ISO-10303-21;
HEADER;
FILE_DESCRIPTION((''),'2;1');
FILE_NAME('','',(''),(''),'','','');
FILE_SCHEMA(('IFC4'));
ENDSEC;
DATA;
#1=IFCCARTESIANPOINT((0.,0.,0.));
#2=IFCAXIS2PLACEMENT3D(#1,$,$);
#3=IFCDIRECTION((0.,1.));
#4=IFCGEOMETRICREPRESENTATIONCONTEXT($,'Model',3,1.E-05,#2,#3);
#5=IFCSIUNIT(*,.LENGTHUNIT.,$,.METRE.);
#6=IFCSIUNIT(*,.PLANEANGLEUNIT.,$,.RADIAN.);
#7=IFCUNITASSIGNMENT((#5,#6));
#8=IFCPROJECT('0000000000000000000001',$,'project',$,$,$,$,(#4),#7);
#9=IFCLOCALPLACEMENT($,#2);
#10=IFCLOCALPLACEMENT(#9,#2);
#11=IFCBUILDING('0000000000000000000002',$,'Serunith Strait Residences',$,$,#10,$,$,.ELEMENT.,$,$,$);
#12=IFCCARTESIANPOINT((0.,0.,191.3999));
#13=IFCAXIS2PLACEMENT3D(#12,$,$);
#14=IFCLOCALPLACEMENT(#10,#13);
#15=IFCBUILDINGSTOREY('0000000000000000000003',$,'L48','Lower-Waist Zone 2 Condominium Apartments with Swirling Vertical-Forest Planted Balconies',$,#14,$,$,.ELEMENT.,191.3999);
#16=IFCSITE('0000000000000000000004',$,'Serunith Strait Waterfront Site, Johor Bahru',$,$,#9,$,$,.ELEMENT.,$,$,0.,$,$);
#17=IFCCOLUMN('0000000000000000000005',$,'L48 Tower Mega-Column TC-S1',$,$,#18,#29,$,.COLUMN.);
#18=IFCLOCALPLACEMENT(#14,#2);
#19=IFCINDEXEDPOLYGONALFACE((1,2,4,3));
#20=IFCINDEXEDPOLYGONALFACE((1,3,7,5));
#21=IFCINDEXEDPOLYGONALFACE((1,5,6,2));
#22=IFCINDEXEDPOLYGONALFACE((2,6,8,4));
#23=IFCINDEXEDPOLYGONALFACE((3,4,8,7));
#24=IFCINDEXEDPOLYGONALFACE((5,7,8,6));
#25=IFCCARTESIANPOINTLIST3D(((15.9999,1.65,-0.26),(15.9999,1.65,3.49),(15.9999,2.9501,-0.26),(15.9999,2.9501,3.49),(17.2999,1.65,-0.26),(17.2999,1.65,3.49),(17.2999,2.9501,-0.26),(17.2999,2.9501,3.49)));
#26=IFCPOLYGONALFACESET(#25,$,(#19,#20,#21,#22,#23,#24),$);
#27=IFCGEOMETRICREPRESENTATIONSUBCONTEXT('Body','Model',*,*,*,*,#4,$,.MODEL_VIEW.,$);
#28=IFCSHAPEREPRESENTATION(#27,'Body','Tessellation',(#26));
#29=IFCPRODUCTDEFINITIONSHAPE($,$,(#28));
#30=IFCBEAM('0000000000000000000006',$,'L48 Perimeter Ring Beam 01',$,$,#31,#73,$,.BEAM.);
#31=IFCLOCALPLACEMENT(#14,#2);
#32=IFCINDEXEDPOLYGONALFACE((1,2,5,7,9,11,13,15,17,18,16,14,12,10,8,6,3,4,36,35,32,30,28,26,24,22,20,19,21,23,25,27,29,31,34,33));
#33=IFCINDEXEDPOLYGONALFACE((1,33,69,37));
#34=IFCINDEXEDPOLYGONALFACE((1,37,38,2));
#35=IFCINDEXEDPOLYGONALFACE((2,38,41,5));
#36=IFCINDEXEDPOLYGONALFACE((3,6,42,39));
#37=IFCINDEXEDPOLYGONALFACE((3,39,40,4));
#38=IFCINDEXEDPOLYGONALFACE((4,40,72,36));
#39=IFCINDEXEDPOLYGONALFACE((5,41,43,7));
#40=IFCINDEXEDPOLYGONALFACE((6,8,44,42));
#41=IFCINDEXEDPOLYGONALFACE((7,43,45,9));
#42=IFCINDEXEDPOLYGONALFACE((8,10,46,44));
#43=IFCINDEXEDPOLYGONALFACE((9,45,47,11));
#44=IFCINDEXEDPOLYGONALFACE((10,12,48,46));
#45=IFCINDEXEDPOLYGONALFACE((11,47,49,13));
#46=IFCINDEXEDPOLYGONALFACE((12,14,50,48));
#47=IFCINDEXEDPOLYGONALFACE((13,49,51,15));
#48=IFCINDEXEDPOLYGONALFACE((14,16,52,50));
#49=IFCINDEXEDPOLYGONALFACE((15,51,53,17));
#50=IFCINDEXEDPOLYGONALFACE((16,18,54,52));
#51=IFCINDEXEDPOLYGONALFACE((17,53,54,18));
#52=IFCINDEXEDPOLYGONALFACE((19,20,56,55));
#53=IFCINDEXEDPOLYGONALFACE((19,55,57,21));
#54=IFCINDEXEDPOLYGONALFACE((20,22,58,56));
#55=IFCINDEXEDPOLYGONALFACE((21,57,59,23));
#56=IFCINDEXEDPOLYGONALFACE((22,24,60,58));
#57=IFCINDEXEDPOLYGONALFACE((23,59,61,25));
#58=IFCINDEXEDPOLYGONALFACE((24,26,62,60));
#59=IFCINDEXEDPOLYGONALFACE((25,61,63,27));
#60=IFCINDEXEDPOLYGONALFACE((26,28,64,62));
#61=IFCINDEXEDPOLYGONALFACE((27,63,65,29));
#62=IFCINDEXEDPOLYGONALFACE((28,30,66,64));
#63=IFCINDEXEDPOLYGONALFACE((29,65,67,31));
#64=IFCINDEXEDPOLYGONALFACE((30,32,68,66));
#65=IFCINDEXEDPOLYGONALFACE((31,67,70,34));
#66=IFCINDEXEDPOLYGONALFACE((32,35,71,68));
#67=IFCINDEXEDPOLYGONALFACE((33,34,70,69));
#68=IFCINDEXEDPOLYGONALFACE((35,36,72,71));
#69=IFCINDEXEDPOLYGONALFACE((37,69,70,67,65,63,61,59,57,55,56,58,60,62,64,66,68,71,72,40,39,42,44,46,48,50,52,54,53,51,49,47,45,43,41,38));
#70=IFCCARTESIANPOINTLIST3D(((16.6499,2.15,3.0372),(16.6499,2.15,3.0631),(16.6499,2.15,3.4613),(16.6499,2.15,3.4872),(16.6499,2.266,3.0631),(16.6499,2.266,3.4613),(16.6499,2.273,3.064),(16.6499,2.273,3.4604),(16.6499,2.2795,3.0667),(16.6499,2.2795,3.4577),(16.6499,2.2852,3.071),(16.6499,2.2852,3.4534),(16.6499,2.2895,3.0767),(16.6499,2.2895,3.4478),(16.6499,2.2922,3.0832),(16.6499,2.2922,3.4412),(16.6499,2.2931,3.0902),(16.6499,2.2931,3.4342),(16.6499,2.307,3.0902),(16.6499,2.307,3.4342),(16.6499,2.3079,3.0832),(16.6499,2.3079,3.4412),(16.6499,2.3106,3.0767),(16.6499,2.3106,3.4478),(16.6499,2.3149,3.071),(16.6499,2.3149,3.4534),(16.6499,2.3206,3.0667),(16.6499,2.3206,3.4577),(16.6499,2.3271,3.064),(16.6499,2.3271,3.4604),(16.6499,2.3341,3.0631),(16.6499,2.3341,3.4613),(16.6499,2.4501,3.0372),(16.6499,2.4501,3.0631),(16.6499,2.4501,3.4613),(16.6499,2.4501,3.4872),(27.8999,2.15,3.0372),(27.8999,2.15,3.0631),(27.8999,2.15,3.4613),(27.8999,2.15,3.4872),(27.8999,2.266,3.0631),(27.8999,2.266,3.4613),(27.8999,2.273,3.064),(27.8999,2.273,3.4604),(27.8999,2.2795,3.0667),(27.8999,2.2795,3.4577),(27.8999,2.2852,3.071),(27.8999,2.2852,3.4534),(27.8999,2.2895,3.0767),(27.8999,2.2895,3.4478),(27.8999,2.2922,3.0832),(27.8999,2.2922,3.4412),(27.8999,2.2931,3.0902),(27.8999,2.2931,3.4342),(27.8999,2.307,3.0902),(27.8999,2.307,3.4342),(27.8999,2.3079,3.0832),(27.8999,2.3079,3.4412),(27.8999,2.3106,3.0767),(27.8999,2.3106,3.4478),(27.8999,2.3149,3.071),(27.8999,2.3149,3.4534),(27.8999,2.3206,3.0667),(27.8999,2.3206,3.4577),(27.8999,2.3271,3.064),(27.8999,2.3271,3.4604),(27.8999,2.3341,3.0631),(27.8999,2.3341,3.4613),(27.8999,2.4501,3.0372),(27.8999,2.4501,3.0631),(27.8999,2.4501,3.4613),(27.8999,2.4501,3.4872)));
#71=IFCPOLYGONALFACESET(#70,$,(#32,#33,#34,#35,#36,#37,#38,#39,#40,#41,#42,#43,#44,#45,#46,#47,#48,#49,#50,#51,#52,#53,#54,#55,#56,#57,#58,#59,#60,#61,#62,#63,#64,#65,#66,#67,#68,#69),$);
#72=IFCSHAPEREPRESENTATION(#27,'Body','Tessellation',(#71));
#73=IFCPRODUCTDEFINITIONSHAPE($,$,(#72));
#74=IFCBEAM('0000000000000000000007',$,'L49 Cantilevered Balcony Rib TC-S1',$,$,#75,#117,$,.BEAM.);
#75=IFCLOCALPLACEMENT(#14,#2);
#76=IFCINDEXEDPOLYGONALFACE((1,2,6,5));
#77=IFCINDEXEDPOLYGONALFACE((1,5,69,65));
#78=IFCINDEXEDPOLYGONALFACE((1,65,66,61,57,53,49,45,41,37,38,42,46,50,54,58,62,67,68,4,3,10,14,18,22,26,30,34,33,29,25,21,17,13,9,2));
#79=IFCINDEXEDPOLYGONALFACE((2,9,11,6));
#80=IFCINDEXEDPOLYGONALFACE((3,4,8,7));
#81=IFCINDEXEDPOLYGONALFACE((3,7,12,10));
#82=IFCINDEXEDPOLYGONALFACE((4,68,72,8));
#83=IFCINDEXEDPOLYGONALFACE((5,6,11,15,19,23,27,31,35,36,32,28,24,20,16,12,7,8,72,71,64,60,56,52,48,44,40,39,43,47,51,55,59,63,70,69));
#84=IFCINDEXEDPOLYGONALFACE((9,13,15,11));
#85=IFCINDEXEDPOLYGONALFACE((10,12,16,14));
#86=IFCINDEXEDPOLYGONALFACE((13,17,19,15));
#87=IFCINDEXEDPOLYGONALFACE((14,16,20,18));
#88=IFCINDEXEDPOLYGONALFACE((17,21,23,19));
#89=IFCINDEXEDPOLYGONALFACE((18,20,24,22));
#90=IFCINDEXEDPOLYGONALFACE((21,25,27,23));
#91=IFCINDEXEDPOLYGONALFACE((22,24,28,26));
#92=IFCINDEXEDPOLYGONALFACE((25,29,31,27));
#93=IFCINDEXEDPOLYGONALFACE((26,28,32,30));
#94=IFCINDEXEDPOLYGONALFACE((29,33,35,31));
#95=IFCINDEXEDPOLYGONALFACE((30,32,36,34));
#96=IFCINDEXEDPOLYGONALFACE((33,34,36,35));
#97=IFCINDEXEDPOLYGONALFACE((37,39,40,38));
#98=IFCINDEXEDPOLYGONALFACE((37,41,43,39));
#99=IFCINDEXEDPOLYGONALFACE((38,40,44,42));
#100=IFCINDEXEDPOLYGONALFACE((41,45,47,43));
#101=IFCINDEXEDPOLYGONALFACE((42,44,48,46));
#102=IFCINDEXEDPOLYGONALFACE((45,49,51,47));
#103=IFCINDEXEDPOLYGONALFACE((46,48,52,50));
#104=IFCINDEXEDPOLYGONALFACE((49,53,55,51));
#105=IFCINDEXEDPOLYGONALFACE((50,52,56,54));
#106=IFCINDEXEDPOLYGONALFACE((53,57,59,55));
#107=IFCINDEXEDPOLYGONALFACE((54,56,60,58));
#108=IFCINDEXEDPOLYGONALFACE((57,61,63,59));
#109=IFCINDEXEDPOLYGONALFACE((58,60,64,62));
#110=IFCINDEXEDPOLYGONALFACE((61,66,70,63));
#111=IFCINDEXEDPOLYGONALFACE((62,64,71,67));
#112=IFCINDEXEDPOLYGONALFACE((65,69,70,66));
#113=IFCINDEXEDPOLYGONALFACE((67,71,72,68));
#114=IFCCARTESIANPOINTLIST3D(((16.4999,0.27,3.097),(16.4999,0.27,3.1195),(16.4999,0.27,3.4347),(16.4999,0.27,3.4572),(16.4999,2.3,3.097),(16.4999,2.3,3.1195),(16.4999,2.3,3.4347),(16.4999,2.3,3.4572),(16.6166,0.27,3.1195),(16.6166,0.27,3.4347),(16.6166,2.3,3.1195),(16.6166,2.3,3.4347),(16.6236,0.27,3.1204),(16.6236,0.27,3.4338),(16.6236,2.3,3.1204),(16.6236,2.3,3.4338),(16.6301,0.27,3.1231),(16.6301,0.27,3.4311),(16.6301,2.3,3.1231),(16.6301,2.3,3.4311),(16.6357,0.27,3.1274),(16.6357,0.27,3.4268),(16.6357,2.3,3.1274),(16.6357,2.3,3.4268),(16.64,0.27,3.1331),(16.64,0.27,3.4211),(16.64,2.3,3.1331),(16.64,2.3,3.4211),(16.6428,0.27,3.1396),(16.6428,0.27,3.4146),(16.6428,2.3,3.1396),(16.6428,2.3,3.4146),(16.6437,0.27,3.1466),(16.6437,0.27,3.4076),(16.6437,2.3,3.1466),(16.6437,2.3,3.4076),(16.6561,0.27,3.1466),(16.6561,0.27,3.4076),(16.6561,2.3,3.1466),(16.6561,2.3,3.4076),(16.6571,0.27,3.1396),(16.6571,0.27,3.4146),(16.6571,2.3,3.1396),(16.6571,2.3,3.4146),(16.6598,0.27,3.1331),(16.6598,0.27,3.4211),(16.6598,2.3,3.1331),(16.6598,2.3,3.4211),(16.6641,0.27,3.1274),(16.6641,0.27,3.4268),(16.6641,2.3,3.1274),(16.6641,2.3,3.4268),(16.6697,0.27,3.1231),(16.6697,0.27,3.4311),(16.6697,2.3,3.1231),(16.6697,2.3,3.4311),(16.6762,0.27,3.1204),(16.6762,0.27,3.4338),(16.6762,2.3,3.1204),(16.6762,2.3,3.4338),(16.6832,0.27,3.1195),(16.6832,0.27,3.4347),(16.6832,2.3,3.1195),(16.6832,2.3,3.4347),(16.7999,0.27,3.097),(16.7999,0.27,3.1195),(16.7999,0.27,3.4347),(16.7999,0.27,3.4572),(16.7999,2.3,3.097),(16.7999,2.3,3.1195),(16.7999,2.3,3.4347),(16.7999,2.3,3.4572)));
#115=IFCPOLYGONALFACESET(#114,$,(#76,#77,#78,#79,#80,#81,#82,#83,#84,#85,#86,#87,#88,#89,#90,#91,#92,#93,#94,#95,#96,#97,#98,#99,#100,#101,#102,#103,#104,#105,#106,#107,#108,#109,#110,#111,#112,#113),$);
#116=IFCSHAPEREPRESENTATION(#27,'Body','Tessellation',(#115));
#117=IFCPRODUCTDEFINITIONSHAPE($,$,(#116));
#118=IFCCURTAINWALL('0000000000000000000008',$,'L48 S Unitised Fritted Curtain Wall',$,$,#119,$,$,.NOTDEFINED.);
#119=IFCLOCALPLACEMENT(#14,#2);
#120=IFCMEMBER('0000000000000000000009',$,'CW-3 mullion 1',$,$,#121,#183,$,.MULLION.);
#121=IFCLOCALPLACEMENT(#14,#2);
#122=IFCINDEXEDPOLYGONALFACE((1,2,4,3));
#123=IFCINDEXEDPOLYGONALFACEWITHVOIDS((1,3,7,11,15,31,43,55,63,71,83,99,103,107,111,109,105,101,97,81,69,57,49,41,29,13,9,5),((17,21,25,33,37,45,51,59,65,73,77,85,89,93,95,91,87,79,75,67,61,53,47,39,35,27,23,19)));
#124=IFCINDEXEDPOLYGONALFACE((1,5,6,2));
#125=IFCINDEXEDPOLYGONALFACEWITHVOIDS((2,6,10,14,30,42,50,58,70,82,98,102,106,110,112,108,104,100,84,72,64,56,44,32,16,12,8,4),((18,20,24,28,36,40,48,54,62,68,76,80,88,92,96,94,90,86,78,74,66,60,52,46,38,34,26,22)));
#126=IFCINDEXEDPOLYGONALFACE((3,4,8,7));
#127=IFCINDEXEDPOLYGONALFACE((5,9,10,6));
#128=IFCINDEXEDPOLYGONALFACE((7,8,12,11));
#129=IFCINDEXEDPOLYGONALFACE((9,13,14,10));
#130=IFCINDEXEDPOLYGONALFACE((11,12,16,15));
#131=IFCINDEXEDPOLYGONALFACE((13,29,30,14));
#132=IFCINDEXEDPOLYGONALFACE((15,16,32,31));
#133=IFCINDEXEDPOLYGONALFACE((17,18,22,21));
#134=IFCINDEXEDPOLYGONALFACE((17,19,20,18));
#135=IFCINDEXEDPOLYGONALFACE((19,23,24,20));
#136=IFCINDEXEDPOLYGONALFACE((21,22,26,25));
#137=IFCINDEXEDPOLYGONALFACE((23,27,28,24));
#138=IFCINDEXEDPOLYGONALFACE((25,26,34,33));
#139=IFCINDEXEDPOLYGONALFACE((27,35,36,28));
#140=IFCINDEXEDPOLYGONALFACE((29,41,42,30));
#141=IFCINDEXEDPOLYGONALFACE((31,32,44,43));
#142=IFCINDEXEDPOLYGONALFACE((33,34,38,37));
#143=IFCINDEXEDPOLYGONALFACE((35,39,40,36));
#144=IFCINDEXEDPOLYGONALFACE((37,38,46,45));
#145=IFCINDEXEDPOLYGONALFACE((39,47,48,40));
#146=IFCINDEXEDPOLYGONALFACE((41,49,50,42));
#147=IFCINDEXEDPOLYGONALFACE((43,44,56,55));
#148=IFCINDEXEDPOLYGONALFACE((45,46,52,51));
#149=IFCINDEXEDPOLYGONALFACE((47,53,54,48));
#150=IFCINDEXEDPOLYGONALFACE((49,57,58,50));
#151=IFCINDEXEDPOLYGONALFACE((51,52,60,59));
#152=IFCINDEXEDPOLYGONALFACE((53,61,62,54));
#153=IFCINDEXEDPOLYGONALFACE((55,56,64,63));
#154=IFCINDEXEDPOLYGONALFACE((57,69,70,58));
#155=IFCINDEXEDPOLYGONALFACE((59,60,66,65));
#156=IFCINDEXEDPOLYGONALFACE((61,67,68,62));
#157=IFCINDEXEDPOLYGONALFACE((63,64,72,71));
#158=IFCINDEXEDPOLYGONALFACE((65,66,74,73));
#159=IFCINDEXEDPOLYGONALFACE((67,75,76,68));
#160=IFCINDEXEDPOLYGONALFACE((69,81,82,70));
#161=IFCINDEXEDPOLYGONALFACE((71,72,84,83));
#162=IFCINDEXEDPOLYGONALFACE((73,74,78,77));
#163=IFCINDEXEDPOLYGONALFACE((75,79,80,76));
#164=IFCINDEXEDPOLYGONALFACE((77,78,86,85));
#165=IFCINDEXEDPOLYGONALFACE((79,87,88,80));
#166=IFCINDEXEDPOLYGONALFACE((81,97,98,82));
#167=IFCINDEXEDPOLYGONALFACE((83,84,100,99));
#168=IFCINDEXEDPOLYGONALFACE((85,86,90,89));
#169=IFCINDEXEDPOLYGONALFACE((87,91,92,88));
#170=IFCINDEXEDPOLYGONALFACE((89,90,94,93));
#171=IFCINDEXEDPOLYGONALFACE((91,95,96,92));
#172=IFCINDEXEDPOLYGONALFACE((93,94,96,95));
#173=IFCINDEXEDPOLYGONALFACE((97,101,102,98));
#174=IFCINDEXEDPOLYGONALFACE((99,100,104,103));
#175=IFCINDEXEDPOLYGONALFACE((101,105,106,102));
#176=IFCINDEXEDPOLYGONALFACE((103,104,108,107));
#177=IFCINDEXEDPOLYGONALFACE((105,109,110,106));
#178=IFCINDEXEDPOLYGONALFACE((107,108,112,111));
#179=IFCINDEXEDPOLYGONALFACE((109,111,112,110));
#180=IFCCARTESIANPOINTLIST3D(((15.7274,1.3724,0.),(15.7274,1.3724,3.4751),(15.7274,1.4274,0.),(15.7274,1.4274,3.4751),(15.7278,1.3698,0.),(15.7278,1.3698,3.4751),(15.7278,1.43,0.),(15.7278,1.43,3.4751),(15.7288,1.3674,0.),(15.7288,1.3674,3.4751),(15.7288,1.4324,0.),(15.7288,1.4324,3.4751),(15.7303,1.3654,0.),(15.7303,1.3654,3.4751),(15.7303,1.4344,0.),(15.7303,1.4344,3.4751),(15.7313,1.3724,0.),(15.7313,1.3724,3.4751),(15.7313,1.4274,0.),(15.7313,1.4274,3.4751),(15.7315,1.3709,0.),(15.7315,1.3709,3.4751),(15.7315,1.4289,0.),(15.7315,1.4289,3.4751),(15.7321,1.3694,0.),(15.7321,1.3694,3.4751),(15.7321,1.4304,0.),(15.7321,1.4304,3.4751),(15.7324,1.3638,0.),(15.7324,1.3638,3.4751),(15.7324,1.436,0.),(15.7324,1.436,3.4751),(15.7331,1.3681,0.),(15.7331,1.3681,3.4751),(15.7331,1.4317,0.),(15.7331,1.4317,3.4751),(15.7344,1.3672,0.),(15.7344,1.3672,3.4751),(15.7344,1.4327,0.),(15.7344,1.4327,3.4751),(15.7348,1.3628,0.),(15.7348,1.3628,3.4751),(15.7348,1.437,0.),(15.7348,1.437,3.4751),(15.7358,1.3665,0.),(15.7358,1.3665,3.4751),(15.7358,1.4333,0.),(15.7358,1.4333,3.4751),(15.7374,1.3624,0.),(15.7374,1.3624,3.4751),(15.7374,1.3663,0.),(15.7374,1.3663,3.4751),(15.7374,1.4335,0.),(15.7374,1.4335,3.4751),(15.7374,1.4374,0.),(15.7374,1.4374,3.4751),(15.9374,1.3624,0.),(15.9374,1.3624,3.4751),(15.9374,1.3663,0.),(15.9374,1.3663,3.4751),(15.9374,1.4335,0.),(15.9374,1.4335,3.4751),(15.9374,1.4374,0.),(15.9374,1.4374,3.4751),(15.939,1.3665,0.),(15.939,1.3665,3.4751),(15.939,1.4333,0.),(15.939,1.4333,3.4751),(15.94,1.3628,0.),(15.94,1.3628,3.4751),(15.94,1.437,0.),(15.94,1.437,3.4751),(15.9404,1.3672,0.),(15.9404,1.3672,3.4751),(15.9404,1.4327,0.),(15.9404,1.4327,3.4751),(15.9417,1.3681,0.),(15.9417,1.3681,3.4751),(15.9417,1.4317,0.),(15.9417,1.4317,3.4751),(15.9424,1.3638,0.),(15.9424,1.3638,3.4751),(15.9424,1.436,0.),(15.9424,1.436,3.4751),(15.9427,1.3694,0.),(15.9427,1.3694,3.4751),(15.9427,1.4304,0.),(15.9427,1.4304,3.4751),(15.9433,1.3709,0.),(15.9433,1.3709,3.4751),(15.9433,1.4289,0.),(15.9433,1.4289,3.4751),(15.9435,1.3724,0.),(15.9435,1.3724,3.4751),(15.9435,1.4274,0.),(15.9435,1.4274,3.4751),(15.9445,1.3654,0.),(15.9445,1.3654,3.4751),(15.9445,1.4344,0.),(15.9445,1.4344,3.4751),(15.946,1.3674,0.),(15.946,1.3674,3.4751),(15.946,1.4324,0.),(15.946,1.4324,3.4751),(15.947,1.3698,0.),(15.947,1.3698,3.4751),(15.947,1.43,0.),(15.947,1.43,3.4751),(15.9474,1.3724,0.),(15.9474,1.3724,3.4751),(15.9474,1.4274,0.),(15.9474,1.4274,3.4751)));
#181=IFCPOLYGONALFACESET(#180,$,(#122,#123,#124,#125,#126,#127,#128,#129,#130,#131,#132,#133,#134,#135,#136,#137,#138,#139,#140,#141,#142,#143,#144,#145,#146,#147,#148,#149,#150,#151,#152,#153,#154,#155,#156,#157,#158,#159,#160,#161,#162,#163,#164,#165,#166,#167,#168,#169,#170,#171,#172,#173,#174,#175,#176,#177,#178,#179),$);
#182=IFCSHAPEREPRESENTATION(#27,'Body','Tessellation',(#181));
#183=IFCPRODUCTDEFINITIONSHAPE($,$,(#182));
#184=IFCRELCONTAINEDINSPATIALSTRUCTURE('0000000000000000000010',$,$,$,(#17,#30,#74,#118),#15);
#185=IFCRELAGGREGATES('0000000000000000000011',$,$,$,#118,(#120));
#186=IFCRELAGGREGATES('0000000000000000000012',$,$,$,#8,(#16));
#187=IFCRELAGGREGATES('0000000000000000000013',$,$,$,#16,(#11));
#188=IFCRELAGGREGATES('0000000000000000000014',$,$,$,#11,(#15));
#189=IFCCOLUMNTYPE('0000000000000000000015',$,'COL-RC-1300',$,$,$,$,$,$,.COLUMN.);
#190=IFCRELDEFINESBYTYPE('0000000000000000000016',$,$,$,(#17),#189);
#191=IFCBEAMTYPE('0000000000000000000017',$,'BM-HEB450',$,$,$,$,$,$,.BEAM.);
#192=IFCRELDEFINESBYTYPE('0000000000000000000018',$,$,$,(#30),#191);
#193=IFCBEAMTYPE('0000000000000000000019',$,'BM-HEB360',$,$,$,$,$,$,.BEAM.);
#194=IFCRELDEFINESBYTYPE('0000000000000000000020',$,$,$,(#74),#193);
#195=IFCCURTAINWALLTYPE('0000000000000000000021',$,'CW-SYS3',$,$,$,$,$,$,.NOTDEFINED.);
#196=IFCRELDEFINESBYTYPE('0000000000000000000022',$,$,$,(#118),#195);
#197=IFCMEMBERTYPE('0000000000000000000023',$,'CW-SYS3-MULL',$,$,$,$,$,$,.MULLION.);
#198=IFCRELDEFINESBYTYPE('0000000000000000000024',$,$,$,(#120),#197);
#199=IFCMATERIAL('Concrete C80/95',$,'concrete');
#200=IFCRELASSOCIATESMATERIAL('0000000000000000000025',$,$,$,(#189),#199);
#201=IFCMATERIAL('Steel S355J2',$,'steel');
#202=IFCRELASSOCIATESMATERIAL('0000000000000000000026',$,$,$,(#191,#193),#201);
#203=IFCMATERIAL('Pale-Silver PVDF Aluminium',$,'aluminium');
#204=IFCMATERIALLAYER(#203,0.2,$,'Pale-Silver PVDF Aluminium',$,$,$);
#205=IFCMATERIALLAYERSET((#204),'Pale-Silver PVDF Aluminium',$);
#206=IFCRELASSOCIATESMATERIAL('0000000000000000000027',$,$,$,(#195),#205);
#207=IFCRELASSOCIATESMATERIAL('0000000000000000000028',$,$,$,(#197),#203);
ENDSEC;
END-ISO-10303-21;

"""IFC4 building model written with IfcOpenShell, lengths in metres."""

from ifc_helpers import new_model, si_unit, direction, frame, origin, origin_2d, place, context, subcontext, project, spatial, rectangle, hollow_rectangle, i_section, extrude, source, transform, mapped, material, layer, layer_set, material_profile, profile_set, type_object, element, aggregate, save


model = new_model("IFC4")

# Units and contexts
model_context = context("Model", 3, precision=1e-05, world=origin(), true_north=direction((0.0, 1.0)))
body_context = subcontext(model_context, "Body", "Model", "MODEL_VIEW")
ifc_project = project(units=[si_unit("LENGTHUNIT", "METRE"), si_unit("PLANEANGLEUNIT", "RADIAN")], contexts=[model_context])

# Site, building, storey
site_placement = place(None, origin())
site = spatial("IfcSite", under=ifc_project, at=site_placement, Name="Serunith Strait Waterfront Site, Johor Bahru", CompositionType="ELEMENT", RefElevation=0.0)
building_placement = place(site_placement, origin())
building = spatial("IfcBuilding", under=site, at=building_placement, Name="Serunith Strait Residences", CompositionType="ELEMENT")
storey_placement = place(building_placement, frame((0.0, 0.0, 191.3999)))
storey = spatial("IfcBuildingStorey", under=building, at=storey_placement, Name="L48", Description="Lower-Waist Zone 2 Condominium Apartments with Swirling Vertical-Forest Planted Balconies", CompositionType="ELEMENT", Elevation=191.3999)

# Column
ifc_material_1 = material(Name="Concrete C80/95", Category="concrete")
ifc_material_profile_1 = material_profile(ifc_material_1, rectangle(XDim=1.3, YDim=1.3, at=origin_2d()), Name="RC 1300x1300")
ifc_profile_set_1 = profile_set([ifc_material_profile_1], Name="Concrete C80/95")
column_type = type_object("IfcColumnType", Name="COL-RC-1300", PredefinedType="COLUMN", material=ifc_profile_set_1)
shared_shape_1 = source(origin(), body_context, "Body", "SweptSolid", [
    extrude(rectangle(XDim=1.3, YDim=1.3, at=origin_2d()), origin(), (0.0, 0.0, 1.0), 3.75),
])
column_placement = place(storey_placement, frame((16.6499, 2.3, -0.26), z_axis=(0.0, 0.0, 1.0), x_axis=(1.0, 0.0, 0.0)))
element("IfcColumn", 1, at=column_placement, inside=storey, type_object=column_type, Name="L48 Tower Mega-Column TC-S1", PredefinedType="COLUMN", context=body_context, shape_type="MappedRepresentation", body=[
    mapped(shared_shape_1, transform((0.0, 0.0, 0.0), scale=1.0)),
])

# Beams
ifc_material_2 = material(Name="Steel S355J2", Category="steel")
ifc_material_profile_2 = material_profile(ifc_material_2, i_section(OverallWidth=0.3, OverallDepth=0.45, WebThickness=0.0139, FlangeThickness=0.0259, FilletRadius=0.0271, at=origin_2d()), Name="HEB 450")
ifc_profile_set_2 = profile_set([ifc_material_profile_2], Name="Steel S355J2")
beam_type_1 = type_object("IfcBeamType", Name="BM-HEB450", PredefinedType="BEAM", material=ifc_profile_set_2)
shared_shape_2 = source(origin(), body_context, "Body", "SweptSolid", [
    extrude(i_section(OverallWidth=0.3, OverallDepth=0.45, WebThickness=0.0139, FlangeThickness=0.0259, FilletRadius=0.0271, at=origin_2d()), origin(), (0.0, 0.0, 1.0), 11.25),
])
beam_1_placement = place(storey_placement, frame((16.6499, 2.3, 3.2622), z_axis=(1.0, 0.0, 0.0), x_axis=(0.0, 1.0, 0.0)))
element("IfcBeam", 2, at=beam_1_placement, inside=storey, type_object=beam_type_1, Name="L48 Perimeter Ring Beam 01", PredefinedType="BEAM", context=body_context, shape_type="MappedRepresentation", body=[
    mapped(shared_shape_2, transform((0.0, 0.0, 0.0), scale=1.0)),
])
ifc_material_profile_3 = material_profile(ifc_material_2, i_section(OverallWidth=0.3, OverallDepth=0.3601, WebThickness=0.0125, FlangeThickness=0.0225, FilletRadius=0.0271, at=origin_2d()), Name="HEB 360")
ifc_profile_set_3 = profile_set([ifc_material_profile_3], Name="Steel S355J2")
beam_type_2 = type_object("IfcBeamType", Name="BM-HEB360", PredefinedType="BEAM", material=ifc_profile_set_3)
shared_shape_3 = source(origin(), body_context, "Body", "SweptSolid", [
    extrude(i_section(OverallWidth=0.3, OverallDepth=0.3601, WebThickness=0.0125, FlangeThickness=0.0225, FilletRadius=0.0271, at=origin_2d()), origin(), (0.0, 0.0, 1.0), 2.03),
])
beam_2_placement = place(storey_placement, frame((16.6499, 2.3, 3.2771), z_axis=(0.0, -1.0, 0.0), x_axis=(1.0, 0.0, 0.0)))
element("IfcBeam", 3, at=beam_2_placement, inside=storey, type_object=beam_type_2, Name="L49 Cantilevered Balcony Rib TC-S1", PredefinedType="BEAM", context=body_context, shape_type="MappedRepresentation", body=[
    mapped(shared_shape_3, transform((0.0, 0.0, 0.0), scale=1.0)),
])

# Curtain wall, member
ifc_material_3 = material(Name="Pale-Silver PVDF Aluminium", Category="aluminium")
ifc_layer_1 = layer(ifc_material_3, 0.2, Name="Pale-Silver PVDF Aluminium")
ifc_layer_set_1 = layer_set([ifc_layer_1], Name="Pale-Silver PVDF Aluminium")
curtain_wall_type = type_object("IfcCurtainWallType", Name="CW-SYS3", PredefinedType="NOTDEFINED", material=ifc_layer_set_1)
curtain_wall_1_placement = place(storey_placement, origin())
curtain_wall_1 = element("IfcCurtainWall", 4, at=curtain_wall_1_placement, inside=storey, type_object=curtain_wall_type, Name="L48 S Unitised Fritted Curtain Wall", PredefinedType="NOTDEFINED")
ifc_material_profile_4 = material_profile(ifc_material_3, hollow_rectangle(XDim=0.075, YDim=0.22, WallThickness=0.0039, InnerFilletRadius=0.0061, OuterFilletRadius=0.01, at=origin_2d()), Name="ALU 220x75x4")
ifc_profile_set_4 = profile_set([ifc_material_profile_4], Name="Pale-Silver PVDF Aluminium")
member_type_1 = type_object("IfcMemberType", Name="CW-SYS3-MULL", PredefinedType="MULLION", material=ifc_profile_set_4)
shared_shape_4 = source(origin(), body_context, "Body", "SweptSolid", [
    extrude(hollow_rectangle(XDim=0.075, YDim=0.22, WallThickness=0.0039, InnerFilletRadius=0.0061, OuterFilletRadius=0.01, at=origin_2d()), origin(), (0.0, 0.0, 1.0), 3.4751),
])
member_1_placement = place(storey_placement, frame((15.8374, 1.3999, 0.0), z_axis=(0.0, 0.0, 1.0), x_axis=(0.0, 1.0, 0.0)))
member_1 = element("IfcMember", 5, at=member_1_placement, type_object=member_type_1, Name="CW-3 mullion 1", PredefinedType="MULLION", context=body_context, shape_type="MappedRepresentation", body=[
    mapped(shared_shape_4, transform((0.0, 0.0, 0.0), scale=1.0)),
])

aggregate(curtain_wall_1, [member_1])

save(model, "model.ifc")
